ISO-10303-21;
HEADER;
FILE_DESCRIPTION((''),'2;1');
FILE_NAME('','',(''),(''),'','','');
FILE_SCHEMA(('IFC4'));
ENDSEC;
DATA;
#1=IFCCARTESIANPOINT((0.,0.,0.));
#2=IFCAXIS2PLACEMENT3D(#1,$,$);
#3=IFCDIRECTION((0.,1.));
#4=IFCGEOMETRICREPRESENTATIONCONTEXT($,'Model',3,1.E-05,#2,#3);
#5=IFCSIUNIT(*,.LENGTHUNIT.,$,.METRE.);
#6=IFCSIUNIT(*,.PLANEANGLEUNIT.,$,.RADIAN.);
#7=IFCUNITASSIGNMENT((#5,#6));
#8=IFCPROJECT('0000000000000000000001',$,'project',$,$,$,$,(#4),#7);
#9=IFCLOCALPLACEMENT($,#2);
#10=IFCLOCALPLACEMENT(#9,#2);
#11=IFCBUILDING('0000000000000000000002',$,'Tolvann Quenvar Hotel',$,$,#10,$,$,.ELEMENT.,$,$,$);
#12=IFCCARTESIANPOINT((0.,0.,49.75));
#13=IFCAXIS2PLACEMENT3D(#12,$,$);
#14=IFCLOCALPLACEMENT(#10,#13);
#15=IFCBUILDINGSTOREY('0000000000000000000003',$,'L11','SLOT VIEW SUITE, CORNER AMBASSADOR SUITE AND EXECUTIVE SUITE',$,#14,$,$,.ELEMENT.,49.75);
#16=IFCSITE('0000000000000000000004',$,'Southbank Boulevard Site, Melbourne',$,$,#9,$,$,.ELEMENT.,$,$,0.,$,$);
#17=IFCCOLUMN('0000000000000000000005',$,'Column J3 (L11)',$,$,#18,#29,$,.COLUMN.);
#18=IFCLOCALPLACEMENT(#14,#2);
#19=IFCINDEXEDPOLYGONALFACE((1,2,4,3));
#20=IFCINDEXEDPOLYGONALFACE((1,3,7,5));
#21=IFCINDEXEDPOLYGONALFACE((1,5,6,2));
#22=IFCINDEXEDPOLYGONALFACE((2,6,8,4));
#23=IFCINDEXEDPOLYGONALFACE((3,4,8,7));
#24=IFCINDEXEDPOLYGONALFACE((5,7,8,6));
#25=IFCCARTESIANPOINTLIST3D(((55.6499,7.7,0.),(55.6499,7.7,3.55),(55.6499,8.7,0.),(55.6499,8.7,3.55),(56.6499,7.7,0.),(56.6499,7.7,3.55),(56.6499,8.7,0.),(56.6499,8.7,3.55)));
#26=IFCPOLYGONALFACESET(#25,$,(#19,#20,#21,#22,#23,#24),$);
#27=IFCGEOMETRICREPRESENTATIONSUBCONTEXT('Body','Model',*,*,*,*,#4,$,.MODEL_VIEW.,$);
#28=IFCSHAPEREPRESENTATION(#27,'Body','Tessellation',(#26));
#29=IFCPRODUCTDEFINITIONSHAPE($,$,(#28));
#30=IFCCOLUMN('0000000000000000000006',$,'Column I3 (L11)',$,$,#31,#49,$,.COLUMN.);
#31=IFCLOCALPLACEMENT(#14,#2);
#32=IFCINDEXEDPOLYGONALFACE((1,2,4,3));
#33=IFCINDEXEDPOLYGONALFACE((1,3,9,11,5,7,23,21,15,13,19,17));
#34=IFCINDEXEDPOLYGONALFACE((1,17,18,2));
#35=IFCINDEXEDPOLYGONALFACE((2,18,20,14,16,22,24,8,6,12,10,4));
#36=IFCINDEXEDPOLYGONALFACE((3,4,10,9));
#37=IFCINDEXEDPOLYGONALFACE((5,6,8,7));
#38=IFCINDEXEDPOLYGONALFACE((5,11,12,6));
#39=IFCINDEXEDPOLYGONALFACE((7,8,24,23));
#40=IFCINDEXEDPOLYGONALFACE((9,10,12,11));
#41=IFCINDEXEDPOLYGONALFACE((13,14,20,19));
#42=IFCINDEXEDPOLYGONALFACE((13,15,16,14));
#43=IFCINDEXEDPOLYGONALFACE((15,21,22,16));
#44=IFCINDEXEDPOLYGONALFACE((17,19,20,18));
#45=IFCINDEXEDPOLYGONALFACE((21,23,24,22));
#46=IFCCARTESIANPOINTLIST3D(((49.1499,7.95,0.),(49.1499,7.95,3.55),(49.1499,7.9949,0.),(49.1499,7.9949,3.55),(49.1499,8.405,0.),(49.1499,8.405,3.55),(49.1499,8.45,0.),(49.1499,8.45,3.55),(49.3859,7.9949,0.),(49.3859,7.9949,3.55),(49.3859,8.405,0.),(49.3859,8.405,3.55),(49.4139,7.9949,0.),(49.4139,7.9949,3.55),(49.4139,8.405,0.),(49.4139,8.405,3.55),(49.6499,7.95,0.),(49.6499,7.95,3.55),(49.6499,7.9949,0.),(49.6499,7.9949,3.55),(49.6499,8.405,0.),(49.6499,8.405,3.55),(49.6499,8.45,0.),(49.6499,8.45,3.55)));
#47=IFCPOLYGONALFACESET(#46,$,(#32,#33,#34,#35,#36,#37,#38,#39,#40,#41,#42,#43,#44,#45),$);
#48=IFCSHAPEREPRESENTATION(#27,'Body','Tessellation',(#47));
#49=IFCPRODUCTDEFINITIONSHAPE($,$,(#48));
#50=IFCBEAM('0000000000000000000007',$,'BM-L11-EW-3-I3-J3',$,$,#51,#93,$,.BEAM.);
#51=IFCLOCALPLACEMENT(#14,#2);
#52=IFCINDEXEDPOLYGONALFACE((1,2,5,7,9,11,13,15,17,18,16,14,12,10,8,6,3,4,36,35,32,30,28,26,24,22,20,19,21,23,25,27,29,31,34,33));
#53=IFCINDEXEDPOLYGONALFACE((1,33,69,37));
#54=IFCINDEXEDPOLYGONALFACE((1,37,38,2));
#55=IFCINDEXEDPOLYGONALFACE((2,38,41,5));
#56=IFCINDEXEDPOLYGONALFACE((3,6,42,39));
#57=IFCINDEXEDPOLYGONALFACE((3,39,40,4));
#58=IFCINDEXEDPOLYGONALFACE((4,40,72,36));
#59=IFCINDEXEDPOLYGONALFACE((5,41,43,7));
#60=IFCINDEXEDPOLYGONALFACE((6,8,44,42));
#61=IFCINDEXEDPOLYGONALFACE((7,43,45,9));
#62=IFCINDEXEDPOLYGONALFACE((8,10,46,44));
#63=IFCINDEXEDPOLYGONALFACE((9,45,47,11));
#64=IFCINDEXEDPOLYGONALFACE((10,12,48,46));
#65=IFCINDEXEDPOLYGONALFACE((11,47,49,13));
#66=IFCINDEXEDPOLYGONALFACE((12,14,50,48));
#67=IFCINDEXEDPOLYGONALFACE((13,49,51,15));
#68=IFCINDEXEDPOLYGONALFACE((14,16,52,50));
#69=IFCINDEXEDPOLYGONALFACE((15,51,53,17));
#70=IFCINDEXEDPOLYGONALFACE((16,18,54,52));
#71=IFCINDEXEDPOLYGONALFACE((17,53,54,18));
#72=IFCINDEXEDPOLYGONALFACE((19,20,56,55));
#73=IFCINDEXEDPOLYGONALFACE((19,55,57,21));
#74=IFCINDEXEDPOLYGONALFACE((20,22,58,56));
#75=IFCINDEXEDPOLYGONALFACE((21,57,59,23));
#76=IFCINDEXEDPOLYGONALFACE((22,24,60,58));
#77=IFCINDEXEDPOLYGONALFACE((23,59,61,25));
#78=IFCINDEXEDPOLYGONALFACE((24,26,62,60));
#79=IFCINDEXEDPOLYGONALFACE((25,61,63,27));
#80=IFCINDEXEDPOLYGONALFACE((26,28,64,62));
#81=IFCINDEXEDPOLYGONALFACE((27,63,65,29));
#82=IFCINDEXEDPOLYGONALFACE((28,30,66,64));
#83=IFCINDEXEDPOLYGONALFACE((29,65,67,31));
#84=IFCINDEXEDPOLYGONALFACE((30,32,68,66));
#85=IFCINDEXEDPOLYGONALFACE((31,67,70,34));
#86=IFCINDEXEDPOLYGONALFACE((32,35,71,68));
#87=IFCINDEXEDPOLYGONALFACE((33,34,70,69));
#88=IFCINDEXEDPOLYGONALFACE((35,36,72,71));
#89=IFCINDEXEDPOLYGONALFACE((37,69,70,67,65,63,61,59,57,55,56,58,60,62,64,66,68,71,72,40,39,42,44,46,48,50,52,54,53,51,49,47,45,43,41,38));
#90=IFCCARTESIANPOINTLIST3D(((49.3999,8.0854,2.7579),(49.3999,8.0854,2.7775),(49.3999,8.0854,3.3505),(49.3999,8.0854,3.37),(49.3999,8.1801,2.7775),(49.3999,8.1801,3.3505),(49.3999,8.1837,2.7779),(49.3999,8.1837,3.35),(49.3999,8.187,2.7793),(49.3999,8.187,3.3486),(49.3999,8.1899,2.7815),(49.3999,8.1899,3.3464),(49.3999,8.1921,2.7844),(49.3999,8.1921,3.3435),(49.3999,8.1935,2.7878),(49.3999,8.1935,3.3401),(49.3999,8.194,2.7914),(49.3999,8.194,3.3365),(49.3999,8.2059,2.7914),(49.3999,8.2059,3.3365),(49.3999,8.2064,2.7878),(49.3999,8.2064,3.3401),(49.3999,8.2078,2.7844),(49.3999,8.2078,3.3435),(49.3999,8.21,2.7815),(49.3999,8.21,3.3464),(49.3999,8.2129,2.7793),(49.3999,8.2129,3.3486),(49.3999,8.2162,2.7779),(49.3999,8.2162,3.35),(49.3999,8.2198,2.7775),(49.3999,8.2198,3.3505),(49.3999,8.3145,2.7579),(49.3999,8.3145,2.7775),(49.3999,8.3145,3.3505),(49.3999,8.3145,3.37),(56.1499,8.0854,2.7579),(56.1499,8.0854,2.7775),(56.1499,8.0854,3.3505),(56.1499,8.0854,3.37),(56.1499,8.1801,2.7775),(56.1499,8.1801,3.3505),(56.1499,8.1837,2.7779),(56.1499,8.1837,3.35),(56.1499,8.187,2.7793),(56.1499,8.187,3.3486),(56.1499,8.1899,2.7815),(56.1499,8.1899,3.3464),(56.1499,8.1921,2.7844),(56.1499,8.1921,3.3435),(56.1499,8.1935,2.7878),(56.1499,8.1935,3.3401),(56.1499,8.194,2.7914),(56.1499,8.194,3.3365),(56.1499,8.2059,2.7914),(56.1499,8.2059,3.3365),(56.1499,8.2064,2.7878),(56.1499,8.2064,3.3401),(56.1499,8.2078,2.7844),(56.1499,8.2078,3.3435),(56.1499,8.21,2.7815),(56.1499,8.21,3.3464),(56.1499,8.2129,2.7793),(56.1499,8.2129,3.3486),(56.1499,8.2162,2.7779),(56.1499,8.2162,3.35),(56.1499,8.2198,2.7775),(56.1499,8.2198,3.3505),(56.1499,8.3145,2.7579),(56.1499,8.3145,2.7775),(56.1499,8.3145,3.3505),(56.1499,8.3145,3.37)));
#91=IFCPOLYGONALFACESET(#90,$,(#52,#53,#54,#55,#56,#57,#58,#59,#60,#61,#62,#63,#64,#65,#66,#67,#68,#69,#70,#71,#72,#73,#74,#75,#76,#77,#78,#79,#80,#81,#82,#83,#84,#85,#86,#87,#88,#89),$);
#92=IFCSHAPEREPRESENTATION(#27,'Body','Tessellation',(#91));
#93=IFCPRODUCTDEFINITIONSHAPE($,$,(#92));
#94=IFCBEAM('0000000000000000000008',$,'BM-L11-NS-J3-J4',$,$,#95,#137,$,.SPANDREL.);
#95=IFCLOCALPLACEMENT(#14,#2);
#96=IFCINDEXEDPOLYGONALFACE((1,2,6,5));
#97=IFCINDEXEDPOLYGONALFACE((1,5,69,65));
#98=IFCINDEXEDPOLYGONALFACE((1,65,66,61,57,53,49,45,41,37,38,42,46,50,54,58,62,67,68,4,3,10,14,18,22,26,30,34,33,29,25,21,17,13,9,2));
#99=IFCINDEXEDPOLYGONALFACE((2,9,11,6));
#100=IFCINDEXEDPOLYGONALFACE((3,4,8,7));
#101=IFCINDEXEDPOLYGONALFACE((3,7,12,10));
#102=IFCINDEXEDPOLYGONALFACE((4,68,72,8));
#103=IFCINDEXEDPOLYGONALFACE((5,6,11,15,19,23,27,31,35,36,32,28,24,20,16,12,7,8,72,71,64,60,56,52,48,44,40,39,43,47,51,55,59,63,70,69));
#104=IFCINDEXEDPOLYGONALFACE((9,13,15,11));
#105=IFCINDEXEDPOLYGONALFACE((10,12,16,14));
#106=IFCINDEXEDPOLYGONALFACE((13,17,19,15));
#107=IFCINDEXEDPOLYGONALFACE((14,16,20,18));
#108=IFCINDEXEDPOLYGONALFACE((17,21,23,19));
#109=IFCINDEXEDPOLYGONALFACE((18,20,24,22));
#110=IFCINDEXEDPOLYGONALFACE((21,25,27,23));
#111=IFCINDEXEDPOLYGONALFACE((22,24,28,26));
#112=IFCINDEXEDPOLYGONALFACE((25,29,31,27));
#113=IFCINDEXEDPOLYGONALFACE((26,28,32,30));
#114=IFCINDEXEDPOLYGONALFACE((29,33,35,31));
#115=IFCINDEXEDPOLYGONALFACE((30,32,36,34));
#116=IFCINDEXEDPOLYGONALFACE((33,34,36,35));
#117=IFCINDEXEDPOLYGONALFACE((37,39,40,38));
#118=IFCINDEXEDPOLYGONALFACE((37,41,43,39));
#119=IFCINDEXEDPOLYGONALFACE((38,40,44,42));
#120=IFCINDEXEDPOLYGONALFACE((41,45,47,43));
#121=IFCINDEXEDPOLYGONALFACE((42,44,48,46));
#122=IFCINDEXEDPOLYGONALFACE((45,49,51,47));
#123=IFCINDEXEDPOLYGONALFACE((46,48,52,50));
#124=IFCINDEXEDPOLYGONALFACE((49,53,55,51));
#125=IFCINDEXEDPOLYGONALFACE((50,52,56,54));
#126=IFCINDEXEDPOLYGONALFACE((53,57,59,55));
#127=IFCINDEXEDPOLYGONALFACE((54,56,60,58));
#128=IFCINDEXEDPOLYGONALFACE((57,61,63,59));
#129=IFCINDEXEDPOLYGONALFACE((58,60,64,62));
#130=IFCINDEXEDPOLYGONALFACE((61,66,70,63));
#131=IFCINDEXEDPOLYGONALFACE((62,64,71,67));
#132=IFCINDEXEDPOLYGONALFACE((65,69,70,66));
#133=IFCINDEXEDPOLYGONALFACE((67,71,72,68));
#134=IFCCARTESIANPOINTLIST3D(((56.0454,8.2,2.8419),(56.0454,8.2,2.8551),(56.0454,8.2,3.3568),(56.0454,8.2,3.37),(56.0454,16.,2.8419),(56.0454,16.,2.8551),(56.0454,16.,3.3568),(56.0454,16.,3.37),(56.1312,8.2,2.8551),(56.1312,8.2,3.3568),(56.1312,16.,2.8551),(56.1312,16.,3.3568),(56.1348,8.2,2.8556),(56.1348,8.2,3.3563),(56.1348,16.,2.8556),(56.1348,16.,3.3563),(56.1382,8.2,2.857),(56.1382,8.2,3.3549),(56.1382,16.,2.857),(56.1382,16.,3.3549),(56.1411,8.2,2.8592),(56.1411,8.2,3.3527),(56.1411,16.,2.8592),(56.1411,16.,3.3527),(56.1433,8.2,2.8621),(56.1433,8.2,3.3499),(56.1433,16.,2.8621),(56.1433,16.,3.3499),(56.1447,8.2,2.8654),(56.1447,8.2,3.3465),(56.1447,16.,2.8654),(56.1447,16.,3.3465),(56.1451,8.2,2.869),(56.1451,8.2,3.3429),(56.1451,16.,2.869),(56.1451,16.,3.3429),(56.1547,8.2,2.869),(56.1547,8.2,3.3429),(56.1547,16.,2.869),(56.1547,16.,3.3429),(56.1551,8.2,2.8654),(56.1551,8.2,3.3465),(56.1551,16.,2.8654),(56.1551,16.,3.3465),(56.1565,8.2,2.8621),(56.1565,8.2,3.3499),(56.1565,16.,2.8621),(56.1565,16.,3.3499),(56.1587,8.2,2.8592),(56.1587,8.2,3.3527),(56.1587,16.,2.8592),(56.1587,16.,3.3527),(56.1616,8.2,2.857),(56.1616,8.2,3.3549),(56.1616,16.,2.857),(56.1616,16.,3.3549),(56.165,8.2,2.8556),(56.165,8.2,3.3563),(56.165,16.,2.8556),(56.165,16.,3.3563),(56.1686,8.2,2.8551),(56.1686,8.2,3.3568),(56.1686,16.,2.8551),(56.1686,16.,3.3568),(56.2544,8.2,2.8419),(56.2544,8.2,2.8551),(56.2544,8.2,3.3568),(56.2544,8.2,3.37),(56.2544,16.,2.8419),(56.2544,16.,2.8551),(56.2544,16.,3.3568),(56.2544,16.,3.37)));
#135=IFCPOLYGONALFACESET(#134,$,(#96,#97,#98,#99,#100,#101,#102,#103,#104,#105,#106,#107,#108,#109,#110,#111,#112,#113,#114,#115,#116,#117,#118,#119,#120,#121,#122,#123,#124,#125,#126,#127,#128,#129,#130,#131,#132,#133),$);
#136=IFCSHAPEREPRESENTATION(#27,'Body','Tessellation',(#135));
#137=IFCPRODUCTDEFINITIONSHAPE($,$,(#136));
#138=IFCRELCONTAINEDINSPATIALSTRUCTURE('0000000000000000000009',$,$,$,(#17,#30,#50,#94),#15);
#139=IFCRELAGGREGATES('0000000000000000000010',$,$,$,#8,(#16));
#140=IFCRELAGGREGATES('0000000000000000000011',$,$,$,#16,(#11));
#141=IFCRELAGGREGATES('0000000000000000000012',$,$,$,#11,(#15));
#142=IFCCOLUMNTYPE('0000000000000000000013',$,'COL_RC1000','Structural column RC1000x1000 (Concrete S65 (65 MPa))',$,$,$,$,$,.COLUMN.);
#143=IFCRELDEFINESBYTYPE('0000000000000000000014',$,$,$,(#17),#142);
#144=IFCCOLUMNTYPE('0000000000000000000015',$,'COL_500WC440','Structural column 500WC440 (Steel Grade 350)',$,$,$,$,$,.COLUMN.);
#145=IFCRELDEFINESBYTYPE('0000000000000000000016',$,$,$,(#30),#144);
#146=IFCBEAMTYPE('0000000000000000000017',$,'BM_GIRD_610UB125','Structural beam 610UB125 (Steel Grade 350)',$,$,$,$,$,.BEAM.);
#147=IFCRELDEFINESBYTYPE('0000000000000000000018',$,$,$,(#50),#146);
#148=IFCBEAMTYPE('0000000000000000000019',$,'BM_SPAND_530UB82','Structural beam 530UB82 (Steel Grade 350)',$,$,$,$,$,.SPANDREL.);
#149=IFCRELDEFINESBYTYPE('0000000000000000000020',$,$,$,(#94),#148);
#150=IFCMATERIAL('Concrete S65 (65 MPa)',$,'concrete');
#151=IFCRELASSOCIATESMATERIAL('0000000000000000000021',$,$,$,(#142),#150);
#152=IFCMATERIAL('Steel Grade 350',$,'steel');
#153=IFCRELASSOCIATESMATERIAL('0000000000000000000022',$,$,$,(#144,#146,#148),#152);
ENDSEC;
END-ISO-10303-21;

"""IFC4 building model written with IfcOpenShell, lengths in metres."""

from ifc_helpers import new_model, si_unit, direction, frame, origin, origin_2d, place, context, subcontext, project, spatial, rectangle, i_section, extrude, source, transform, mapped, material, material_profile, profile_set, type_object, type_shapes, element, save


model = new_model("IFC4")

# Units and contexts
model_context = context("Model", 3, precision=1e-05, world=origin(), true_north=direction((0.0, 1.0)))
body_context = subcontext(model_context, "Body", "Model", "MODEL_VIEW")
ifc_project = project(units=[si_unit("LENGTHUNIT", "METRE"), si_unit("PLANEANGLEUNIT", "RADIAN")], contexts=[model_context])

# Site, building, storey
site_placement = place(None, origin())
site = spatial("IfcSite", under=ifc_project, at=site_placement, Name="Southbank Boulevard Site, Melbourne", CompositionType="ELEMENT", RefElevation=0.0)
building_placement = place(site_placement, origin())
building = spatial("IfcBuilding", under=site, at=building_placement, Name="Tolvann Quenvar Hotel", CompositionType="ELEMENT")
storey_placement = place(building_placement, frame((0.0, 0.0, 49.75)))
storey = spatial("IfcBuildingStorey", under=building, at=storey_placement, Name="L11", Description="SLOT VIEW SUITE, CORNER AMBASSADOR SUITE AND EXECUTIVE SUITE", CompositionType="ELEMENT", Elevation=49.75)

# Columns
ifc_material_1 = material(Name="Concrete S65 (65 MPa)", Category="concrete")
ifc_material_profile_1 = material_profile(ifc_material_1, rectangle(XDim=1.0, YDim=1.0, at=origin_2d()), Name="RC1000x1000")
ifc_profile_set_1 = profile_set([ifc_material_profile_1], Name="Concrete S65 (65 MPa)")
column_type_1 = type_object("IfcColumnType", Name="COL_RC1000", Description="Structural column RC1000x1000 (Concrete S65 (65 MPa))", PredefinedType="COLUMN", material=ifc_profile_set_1)
shared_shape_1 = source(origin(), body_context, "Body", "SweptSolid", [
    extrude(rectangle(XDim=1.0, YDim=1.0, at=origin_2d()), origin(), (0.0, 0.0, 1.0), 3.55),
])
type_shapes(column_type_1, [shared_shape_1])
column_1_placement = place(storey_placement, frame((56.1499, 8.2, 0.0), z_axis=(0.0, 0.0, 1.0), x_axis=(1.0, 0.0, 0.0)))
element("IfcColumn", 1, at=column_1_placement, inside=storey, type_object=column_type_1, Name="Column J3 (L11)", PredefinedType="COLUMN", context=body_context, shape_type="MappedRepresentation", body=[
    mapped(shared_shape_1, transform((0.0, 0.0, 0.0), x_axis=(1.0, 0.0, 0.0), y_axis=(0.0, 1.0, 0.0), z_axis=(0.0, 0.0, 1.0), scale=1.0)),
])
ifc_material_2 = material(Name="Steel Grade 350", Category="steel")
ifc_material_profile_2 = material_profile(ifc_material_2, i_section(OverallWidth=0.5, OverallDepth=0.5, WebThickness=0.0281, FlangeThickness=0.0449, at=origin_2d()), Name="500WC440")
ifc_profile_set_2 = profile_set([ifc_material_profile_2], Name="Steel Grade 350")
column_type_2 = type_object("IfcColumnType", Name="COL_500WC440", Description="Structural column 500WC440 (Steel Grade 350)", PredefinedType="COLUMN", material=ifc_profile_set_2)
shared_shape_2 = source(origin(), body_context, "Body", "SweptSolid", [
    extrude(i_section(OverallWidth=0.5, OverallDepth=0.5, WebThickness=0.0281, FlangeThickness=0.0449, at=origin_2d()), origin(), (0.0, 0.0, 1.0), 3.55),
])
type_shapes(column_type_2, [shared_shape_2])
column_2_placement = place(storey_placement, frame((49.3999, 8.2, 0.0), z_axis=(0.0, 0.0, 1.0), x_axis=(1.0, 0.0, 0.0)))
element("IfcColumn", 2, at=column_2_placement, inside=storey, type_object=column_type_2, Name="Column I3 (L11)", PredefinedType="COLUMN", context=body_context, shape_type="MappedRepresentation", body=[
    mapped(shared_shape_2, transform((0.0, 0.0, 0.0), x_axis=(1.0, 0.0, 0.0), y_axis=(0.0, 1.0, 0.0), z_axis=(0.0, 0.0, 1.0), scale=1.0)),
])

# Beams
ifc_material_profile_3 = material_profile(ifc_material_2, i_section(OverallWidth=0.229, OverallDepth=0.6121, WebThickness=0.012, FlangeThickness=0.0195, FilletRadius=0.0139, at=origin_2d()), Name="610UB125")
ifc_profile_set_3 = profile_set([ifc_material_profile_3], Name="Steel Grade 350")
beam_type_1 = type_object("IfcBeamType", Name="BM_GIRD_610UB125", Description="Structural beam 610UB125 (Steel Grade 350)", PredefinedType="BEAM", material=ifc_profile_set_3)
shared_shape_3 = source(origin(), body_context, "Body", "SweptSolid", [
    extrude(i_section(OverallWidth=0.229, OverallDepth=0.6121, WebThickness=0.012, FlangeThickness=0.0195, FilletRadius=0.0139, at=origin_2d()), origin(), (0.0, 0.0, 1.0), 6.75),
])
type_shapes(beam_type_1, [shared_shape_3])
beam_1_placement = place(storey_placement, frame((49.3999, 8.2, 3.064), z_axis=(1.0, 0.0, 0.0), x_axis=(0.0, 1.0, 0.0)))
element("IfcBeam", 3, at=beam_1_placement, inside=storey, type_object=beam_type_1, Name="BM-L11-EW-3-I3-J3", PredefinedType="BEAM", context=body_context, shape_type="MappedRepresentation", body=[
    mapped(shared_shape_3, transform((0.0, 0.0, 0.0), x_axis=(1.0, 0.0, 0.0), y_axis=(0.0, 1.0, 0.0), z_axis=(0.0, 0.0, 1.0), scale=1.0)),
])
ifc_material_profile_4 = material_profile(ifc_material_2, i_section(OverallWidth=0.209, OverallDepth=0.5281, WebThickness=0.0095, FlangeThickness=0.0132, FilletRadius=0.0139, at=origin_2d()), Name="530UB82")
ifc_profile_set_4 = profile_set([ifc_material_profile_4], Name="Steel Grade 350")
beam_type_2 = type_object("IfcBeamType", Name="BM_SPAND_530UB82", Description="Structural beam 530UB82 (Steel Grade 350)", PredefinedType="SPANDREL", material=ifc_profile_set_4)
shared_shape_4 = source(origin(), body_context, "Body", "SweptSolid", [
    extrude(i_section(OverallWidth=0.209, OverallDepth=0.5281, WebThickness=0.0095, FlangeThickness=0.0132, FilletRadius=0.0139, at=origin_2d()), origin(), (0.0, 0.0, 1.0), 7.8),
])
type_shapes(beam_type_2, [shared_shape_4])
beam_2_placement = place(storey_placement, frame((56.1499, 8.2, 3.106), z_axis=(0.0, 1.0, 0.0), x_axis=(-1.0, 0.0, 0.0)))
element("IfcBeam", 4, at=beam_2_placement, inside=storey, type_object=beam_type_2, Name="BM-L11-NS-J3-J4", PredefinedType="SPANDREL", context=body_context, shape_type="MappedRepresentation", body=[
    mapped(shared_shape_4, transform((0.0, 0.0, 0.0), x_axis=(1.0, 0.0, 0.0), y_axis=(0.0, 1.0, 0.0), z_axis=(0.0, 0.0, 1.0), scale=1.0)),
])

save(model, "model.ifc")
